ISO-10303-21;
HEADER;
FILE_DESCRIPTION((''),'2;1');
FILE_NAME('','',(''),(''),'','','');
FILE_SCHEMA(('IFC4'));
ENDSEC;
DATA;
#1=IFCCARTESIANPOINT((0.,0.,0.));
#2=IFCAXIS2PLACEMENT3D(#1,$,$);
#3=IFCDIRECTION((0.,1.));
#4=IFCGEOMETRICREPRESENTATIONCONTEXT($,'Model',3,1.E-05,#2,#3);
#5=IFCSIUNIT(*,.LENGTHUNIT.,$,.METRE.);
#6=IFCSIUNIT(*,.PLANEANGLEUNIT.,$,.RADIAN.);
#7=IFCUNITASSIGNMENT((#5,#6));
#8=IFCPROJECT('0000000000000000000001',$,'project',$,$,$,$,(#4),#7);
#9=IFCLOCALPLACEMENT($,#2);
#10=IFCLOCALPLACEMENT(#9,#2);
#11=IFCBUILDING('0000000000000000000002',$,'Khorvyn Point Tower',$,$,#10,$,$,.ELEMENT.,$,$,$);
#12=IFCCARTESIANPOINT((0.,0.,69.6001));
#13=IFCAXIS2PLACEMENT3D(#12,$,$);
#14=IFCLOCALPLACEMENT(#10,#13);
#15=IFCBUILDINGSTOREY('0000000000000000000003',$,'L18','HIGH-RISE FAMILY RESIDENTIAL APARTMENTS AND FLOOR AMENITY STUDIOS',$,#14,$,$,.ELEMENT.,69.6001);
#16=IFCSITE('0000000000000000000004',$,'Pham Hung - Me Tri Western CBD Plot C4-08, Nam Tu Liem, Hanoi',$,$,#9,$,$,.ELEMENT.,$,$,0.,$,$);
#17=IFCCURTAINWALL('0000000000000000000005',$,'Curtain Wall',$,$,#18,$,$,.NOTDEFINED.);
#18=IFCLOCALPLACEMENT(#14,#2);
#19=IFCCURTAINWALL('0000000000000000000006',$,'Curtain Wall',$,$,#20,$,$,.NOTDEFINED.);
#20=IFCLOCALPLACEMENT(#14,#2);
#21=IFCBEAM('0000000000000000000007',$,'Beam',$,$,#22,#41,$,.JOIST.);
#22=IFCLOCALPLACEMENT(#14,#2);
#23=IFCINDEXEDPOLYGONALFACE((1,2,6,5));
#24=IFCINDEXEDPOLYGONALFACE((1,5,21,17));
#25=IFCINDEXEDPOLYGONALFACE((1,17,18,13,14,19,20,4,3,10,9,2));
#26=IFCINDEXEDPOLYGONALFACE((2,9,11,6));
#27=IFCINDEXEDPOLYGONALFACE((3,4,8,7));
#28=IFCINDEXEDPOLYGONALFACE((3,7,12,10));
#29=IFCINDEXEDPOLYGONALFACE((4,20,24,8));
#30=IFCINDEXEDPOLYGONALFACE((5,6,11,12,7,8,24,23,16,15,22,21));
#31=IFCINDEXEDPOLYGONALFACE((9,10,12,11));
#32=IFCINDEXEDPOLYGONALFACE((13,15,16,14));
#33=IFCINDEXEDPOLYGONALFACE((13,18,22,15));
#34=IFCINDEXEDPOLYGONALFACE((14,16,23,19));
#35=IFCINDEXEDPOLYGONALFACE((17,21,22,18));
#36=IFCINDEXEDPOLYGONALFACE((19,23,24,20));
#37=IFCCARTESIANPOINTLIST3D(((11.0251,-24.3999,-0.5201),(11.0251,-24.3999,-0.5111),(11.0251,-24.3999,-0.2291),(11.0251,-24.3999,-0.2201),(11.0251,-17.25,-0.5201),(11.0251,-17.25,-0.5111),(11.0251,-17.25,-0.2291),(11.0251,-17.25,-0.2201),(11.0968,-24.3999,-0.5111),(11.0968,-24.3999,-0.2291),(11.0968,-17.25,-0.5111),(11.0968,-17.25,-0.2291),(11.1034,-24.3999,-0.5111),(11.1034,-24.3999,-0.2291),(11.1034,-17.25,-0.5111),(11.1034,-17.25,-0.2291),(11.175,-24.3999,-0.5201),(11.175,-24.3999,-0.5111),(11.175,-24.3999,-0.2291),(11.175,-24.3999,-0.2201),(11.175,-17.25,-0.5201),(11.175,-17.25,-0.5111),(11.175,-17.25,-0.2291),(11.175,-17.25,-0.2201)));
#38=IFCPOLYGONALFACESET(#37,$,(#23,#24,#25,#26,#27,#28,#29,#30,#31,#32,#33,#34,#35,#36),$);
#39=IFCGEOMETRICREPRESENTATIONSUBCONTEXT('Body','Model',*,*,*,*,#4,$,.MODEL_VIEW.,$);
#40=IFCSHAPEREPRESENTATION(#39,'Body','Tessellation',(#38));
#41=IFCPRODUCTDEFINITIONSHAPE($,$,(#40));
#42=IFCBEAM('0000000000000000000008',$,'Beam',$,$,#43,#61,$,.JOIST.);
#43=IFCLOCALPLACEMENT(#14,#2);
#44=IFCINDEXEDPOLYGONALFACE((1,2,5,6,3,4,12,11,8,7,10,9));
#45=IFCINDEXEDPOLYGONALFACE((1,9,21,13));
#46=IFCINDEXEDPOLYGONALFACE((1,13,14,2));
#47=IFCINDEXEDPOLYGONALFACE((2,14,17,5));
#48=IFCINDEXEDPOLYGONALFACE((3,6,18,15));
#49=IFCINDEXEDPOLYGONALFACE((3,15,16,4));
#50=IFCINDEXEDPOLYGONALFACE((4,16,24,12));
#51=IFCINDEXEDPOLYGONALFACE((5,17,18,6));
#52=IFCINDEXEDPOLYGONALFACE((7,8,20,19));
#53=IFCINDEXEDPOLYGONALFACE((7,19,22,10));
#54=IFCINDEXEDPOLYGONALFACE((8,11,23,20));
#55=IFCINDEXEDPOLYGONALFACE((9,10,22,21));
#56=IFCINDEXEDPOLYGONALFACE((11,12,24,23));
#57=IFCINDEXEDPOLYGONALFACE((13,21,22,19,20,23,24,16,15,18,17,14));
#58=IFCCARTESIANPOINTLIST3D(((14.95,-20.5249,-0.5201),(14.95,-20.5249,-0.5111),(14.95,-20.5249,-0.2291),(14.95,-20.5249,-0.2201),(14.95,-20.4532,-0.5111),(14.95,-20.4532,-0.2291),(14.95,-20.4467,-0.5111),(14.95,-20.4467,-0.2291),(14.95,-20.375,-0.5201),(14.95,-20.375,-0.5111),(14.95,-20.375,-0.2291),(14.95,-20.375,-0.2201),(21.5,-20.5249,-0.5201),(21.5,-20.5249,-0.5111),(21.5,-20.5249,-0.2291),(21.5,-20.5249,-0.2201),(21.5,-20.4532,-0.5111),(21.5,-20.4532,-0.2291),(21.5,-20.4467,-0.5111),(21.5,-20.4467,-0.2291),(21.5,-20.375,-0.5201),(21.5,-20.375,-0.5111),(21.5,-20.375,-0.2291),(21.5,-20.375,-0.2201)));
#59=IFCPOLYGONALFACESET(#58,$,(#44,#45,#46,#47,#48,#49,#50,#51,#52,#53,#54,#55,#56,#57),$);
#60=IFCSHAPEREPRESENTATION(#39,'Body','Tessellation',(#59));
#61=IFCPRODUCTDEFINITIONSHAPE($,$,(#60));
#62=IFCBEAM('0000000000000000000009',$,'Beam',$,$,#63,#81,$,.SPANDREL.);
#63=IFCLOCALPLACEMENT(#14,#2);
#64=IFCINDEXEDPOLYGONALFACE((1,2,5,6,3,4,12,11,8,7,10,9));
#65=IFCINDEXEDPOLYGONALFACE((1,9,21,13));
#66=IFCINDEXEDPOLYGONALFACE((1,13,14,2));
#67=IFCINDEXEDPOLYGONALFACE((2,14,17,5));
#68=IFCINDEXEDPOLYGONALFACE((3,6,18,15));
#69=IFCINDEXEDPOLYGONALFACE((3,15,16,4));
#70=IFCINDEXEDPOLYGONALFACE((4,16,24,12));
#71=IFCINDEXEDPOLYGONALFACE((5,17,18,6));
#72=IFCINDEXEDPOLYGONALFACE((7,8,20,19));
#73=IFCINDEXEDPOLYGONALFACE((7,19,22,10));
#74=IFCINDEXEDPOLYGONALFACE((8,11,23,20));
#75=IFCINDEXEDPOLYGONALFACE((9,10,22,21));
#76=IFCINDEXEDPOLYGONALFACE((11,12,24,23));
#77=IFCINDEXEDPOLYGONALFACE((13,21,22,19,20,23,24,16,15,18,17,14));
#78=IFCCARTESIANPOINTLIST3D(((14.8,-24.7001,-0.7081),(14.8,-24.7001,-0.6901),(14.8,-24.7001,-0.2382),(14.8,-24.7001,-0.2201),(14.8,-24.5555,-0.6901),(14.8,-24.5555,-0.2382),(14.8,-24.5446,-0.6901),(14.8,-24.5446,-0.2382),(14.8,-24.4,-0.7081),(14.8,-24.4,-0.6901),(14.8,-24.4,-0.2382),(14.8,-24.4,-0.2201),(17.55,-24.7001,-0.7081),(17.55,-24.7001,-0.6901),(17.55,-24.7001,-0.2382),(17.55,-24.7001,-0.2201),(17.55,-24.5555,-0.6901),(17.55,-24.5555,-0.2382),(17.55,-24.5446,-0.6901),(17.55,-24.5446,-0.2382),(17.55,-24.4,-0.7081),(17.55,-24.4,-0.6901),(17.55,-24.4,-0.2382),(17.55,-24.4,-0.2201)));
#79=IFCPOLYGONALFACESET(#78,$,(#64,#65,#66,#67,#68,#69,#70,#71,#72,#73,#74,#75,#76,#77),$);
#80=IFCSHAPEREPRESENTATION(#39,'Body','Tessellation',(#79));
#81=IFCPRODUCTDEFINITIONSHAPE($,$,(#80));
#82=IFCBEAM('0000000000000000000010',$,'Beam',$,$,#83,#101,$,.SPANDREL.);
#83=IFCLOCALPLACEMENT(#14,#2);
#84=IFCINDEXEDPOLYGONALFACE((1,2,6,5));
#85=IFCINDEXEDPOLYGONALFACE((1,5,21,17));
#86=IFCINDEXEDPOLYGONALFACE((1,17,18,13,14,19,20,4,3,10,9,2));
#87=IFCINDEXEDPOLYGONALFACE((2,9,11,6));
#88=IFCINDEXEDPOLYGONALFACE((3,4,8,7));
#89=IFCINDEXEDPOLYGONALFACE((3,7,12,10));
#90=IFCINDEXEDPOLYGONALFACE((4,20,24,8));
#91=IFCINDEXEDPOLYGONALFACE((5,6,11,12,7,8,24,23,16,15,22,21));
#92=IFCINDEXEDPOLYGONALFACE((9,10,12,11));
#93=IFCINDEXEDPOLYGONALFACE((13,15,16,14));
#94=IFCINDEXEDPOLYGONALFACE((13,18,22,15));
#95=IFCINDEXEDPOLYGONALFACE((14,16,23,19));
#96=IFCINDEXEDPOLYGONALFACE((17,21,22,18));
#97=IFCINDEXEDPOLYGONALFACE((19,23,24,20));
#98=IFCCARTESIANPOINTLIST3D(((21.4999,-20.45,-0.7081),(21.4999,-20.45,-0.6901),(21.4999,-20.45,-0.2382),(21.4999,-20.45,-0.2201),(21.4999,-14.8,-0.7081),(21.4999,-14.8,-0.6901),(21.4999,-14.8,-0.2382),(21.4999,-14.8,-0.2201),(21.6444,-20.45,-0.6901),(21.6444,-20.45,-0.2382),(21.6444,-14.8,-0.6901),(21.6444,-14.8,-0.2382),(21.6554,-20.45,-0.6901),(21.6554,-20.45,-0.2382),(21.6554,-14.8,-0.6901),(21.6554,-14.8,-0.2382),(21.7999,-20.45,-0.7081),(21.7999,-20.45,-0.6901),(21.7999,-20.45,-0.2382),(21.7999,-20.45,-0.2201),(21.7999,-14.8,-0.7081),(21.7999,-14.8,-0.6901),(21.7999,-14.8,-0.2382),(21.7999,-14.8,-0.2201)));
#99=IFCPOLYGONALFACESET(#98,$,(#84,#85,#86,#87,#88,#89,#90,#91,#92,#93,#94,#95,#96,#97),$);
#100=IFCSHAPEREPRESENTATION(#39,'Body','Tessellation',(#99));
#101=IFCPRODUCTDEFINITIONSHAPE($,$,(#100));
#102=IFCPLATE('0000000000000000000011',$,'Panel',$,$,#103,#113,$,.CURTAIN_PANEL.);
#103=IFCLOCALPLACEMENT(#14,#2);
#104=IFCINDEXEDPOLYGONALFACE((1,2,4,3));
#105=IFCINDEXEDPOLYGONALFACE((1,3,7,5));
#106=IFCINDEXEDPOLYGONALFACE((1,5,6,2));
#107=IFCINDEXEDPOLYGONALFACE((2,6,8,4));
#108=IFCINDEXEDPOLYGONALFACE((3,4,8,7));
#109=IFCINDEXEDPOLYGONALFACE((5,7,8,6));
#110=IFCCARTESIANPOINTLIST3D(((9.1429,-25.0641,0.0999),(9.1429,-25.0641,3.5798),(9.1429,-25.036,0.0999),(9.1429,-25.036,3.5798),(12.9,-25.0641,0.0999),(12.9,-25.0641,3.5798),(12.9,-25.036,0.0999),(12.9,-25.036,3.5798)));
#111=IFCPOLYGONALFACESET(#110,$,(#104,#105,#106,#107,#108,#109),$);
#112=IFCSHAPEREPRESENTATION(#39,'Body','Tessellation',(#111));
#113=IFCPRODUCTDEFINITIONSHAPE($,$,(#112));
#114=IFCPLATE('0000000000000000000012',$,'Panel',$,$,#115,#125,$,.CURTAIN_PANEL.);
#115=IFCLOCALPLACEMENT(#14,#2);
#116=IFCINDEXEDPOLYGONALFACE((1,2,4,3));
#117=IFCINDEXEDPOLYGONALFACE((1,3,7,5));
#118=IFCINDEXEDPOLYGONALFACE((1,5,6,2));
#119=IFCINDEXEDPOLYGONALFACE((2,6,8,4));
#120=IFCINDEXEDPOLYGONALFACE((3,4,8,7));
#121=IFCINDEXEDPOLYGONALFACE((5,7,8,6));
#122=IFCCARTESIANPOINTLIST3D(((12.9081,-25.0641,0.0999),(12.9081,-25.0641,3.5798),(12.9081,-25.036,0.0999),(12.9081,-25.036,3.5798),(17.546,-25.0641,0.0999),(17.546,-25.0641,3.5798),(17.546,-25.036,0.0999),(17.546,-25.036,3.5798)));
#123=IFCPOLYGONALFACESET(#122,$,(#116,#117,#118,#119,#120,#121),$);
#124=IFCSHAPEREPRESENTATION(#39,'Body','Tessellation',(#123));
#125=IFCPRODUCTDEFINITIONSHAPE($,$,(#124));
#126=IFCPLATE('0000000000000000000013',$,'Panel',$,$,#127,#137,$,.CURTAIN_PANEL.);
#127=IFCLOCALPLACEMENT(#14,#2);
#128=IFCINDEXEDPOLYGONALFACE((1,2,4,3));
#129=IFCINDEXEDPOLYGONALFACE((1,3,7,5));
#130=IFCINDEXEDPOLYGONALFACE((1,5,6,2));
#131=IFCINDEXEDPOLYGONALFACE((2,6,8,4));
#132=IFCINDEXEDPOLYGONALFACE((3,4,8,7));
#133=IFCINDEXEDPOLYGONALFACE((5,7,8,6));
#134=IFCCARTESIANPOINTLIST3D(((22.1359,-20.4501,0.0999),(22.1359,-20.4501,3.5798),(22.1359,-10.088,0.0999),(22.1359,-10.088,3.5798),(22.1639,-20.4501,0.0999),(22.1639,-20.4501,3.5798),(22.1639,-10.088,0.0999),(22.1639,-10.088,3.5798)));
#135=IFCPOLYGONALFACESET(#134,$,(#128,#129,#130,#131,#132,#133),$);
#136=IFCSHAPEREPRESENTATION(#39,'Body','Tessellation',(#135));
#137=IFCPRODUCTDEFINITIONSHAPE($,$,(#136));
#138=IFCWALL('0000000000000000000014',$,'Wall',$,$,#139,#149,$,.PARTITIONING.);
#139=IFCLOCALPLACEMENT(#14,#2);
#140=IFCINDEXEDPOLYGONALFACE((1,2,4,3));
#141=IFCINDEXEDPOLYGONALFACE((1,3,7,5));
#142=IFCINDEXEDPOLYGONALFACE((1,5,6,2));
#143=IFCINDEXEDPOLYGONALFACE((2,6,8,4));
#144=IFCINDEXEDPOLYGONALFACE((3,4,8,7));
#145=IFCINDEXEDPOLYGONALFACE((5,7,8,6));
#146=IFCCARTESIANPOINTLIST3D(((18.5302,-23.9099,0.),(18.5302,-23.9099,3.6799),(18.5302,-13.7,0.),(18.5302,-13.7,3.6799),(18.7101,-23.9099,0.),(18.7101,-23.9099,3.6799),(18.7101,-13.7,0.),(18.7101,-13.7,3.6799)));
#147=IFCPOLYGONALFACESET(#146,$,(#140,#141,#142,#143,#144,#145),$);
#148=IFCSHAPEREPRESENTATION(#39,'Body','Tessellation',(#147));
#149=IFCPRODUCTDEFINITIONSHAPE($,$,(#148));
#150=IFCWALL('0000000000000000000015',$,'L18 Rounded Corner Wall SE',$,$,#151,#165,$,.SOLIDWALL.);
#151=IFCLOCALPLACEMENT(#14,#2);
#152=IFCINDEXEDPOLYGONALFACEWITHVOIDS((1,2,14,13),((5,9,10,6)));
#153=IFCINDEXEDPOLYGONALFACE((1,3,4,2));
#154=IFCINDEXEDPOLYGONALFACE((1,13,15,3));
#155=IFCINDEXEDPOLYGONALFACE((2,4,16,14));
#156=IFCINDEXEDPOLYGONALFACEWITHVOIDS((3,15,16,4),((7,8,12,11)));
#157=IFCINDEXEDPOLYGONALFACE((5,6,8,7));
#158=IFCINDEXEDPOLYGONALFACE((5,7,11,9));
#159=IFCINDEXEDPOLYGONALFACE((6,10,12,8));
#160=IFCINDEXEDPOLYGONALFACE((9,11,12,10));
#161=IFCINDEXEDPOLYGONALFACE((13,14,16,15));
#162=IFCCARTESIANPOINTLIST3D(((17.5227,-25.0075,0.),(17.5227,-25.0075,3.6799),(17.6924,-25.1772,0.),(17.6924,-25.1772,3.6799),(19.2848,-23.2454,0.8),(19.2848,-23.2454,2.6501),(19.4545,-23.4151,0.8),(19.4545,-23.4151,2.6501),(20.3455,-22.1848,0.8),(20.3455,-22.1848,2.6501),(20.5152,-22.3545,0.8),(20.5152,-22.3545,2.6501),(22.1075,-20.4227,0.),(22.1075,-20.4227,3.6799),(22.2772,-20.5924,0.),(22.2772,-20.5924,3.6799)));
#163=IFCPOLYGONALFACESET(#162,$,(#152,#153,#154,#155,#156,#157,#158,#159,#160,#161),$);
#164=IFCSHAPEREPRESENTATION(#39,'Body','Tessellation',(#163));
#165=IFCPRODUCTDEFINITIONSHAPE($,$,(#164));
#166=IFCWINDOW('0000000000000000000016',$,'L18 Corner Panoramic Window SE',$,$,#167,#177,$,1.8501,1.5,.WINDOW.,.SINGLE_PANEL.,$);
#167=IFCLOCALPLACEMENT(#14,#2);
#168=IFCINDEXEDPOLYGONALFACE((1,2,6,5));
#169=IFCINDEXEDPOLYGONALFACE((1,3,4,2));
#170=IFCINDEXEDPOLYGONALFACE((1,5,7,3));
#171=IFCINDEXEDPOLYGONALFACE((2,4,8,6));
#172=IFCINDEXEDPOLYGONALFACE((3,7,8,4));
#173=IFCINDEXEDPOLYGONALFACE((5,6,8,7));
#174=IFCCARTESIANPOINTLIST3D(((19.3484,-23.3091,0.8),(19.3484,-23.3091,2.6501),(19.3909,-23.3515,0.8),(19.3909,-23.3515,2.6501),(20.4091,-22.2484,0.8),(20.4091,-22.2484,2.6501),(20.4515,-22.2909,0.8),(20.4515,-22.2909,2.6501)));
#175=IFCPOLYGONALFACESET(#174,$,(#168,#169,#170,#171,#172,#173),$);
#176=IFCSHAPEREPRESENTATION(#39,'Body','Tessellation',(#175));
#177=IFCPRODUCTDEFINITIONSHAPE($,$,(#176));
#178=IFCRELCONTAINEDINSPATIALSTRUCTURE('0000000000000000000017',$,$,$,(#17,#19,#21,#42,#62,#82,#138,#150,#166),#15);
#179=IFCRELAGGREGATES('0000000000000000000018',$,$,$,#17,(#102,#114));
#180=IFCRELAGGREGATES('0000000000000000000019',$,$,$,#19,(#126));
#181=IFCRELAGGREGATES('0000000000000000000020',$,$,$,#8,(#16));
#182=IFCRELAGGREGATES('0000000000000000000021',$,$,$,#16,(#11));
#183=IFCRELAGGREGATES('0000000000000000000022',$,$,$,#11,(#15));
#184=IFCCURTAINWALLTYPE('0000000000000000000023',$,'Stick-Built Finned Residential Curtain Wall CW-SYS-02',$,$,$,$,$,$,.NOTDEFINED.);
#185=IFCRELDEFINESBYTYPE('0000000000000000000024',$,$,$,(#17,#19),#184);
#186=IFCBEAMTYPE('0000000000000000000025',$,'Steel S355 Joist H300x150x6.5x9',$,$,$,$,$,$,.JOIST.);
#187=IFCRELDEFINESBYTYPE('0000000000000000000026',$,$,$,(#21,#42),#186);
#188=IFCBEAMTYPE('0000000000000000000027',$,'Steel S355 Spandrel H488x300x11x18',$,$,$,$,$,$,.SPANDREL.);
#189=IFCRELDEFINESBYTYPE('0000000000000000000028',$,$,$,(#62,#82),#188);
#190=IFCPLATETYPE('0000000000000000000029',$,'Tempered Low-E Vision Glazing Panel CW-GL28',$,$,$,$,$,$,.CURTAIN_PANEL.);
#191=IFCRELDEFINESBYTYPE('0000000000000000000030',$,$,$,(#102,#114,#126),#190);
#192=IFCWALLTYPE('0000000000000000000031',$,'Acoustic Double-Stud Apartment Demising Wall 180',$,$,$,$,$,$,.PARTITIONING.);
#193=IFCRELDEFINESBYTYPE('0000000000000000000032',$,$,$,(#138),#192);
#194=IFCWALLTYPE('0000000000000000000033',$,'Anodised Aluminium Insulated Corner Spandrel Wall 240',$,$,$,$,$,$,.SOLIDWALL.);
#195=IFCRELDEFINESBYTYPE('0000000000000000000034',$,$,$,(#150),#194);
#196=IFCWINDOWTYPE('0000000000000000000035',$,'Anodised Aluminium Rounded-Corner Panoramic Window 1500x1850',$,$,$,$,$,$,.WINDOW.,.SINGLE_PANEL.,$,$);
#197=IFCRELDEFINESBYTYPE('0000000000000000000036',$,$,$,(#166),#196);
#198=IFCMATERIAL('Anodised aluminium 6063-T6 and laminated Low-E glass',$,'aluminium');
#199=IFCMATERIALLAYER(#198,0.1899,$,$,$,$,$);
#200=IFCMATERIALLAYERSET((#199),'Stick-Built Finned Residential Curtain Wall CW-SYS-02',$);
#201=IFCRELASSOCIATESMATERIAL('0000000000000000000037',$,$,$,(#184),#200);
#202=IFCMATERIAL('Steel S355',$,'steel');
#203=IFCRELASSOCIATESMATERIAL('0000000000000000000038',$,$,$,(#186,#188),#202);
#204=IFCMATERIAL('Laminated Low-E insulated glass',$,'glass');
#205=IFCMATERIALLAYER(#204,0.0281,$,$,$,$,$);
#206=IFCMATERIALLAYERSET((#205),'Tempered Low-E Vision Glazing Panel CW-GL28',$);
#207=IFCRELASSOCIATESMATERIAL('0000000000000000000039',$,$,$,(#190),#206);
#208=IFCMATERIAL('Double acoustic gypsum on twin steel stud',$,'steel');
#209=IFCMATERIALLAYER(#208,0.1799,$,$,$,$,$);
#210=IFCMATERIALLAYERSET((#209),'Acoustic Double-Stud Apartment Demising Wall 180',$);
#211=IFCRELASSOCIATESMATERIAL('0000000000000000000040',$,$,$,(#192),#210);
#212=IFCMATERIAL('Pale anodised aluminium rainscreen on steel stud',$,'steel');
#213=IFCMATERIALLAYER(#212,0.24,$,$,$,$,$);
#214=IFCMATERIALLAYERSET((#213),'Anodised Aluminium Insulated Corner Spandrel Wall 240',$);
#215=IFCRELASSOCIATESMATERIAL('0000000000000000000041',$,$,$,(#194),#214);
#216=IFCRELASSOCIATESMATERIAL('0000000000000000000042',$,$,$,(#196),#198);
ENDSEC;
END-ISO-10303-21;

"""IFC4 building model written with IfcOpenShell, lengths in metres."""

from ifc_helpers import new_model, si_unit, direction, frame, frame_2d, origin, origin_2d, place, context, subcontext, project, spatial, rectangle, i_section, extrude, material, layer, layer_set, material_profile, profile_set, type_object, element, fill, aggregate, save


model = new_model("IFC4")

# Units and contexts
model_context = context("Model", 3, precision=1e-05, world=origin(), true_north=direction((0.0, 1.0)))
body_context = subcontext(model_context, "Body", "Model", "MODEL_VIEW")
ifc_project = project(units=[si_unit("LENGTHUNIT", "METRE"), si_unit("PLANEANGLEUNIT", "RADIAN")], contexts=[model_context])

# Site, building, storey
site_placement = place(None, origin())
site = spatial("IfcSite", under=ifc_project, at=site_placement, Name="Pham Hung - Me Tri Western CBD Plot C4-08, Nam Tu Liem, Hanoi", CompositionType="ELEMENT", RefElevation=0.0)
building_placement = place(site_placement, origin())
building = spatial("IfcBuilding", under=site, at=building_placement, Name="Khorvyn Point Tower", CompositionType="ELEMENT")
storey_placement = place(building_placement, frame((0.0, 0.0, 69.6001)))
storey = spatial("IfcBuildingStorey", under=building, at=storey_placement, Name="L18", Description="HIGH-RISE FAMILY RESIDENTIAL APARTMENTS AND FLOOR AMENITY STUDIOS", CompositionType="ELEMENT", Elevation=69.6001)

# Curtain walls
ifc_material_1 = material(Name="Anodised aluminium 6063-T6 and laminated Low-E glass", Category="aluminium")
ifc_layer_1 = layer(ifc_material_1, 0.1899)
ifc_layer_set_1 = layer_set([ifc_layer_1], Name="Stick-Built Finned Residential Curtain Wall CW-SYS-02")
curtain_wall_type = type_object("IfcCurtainWallType", Name="Stick-Built Finned Residential Curtain Wall CW-SYS-02", PredefinedType="NOTDEFINED", material=ifc_layer_set_1)
curtain_wall_1_placement = place(storey_placement, origin())
curtain_wall_1 = element("IfcCurtainWall", 1, at=curtain_wall_1_placement, inside=storey, type_object=curtain_wall_type, Name="Curtain Wall", PredefinedType="NOTDEFINED")
curtain_wall_2_placement = place(storey_placement, origin())
curtain_wall_2 = element("IfcCurtainWall", 2, at=curtain_wall_2_placement, inside=storey, type_object=curtain_wall_type, Name="Curtain Wall", PredefinedType="NOTDEFINED")

# Beams
ifc_material_2 = material(Name="Steel S355", Category="steel")
ifc_material_profile_1 = material_profile(ifc_material_2, i_section(OverallWidth=0.1499, OverallDepth=0.3, WebThickness=0.0066, FlangeThickness=0.009, at=origin_2d()))
ifc_profile_set_1 = profile_set([ifc_material_profile_1], Name="Steel S355 H300x150x6.5x9")
beam_type_1 = type_object("IfcBeamType", Name="Steel S355 Joist H300x150x6.5x9", PredefinedType="JOIST", material=ifc_profile_set_1)
beam_1_placement = place(storey_placement, frame((11.1001, -24.3999, -0.3701), z_axis=(0.0, 1.0, 0.0), x_axis=(-1.0, 0.0, 0.0)))
element("IfcBeam", 3, at=beam_1_placement, inside=storey, type_object=beam_type_1, Name="Beam", PredefinedType="JOIST", context=body_context, shape_type="SweptSolid", body=[
    extrude(i_section(OverallWidth=0.1499, OverallDepth=0.3, WebThickness=0.0066, FlangeThickness=0.009, at=origin_2d()), origin(), (0.0, 0.0, 1.0), 7.1499),
])
beam_2_placement = place(storey_placement, frame((14.95, -20.45, -0.3701), z_axis=(1.0, 0.0, 0.0), x_axis=(0.0, 1.0, 0.0)))
element("IfcBeam", 4, at=beam_2_placement, inside=storey, type_object=beam_type_1, Name="Beam", PredefinedType="JOIST", context=body_context, shape_type="SweptSolid", body=[
    extrude(i_section(OverallWidth=0.1499, OverallDepth=0.3, WebThickness=0.0066, FlangeThickness=0.009, at=origin_2d()), origin(), (0.0, 0.0, 1.0), 6.55),
])
ifc_material_profile_2 = material_profile(ifc_material_2, i_section(OverallWidth=0.3, OverallDepth=0.488, WebThickness=0.011, FlangeThickness=0.0181, at=origin_2d()))
ifc_profile_set_2 = profile_set([ifc_material_profile_2], Name="Steel S355 H488x300x11x18")
beam_type_2 = type_object("IfcBeamType", Name="Steel S355 Spandrel H488x300x11x18", PredefinedType="SPANDREL", material=ifc_profile_set_2)
beam_3_placement = place(storey_placement, frame((14.8, -24.55, -0.4641), z_axis=(1.0, 0.0, 0.0), x_axis=(0.0, 1.0, 0.0)))
element("IfcBeam", 5, at=beam_3_placement, inside=storey, type_object=beam_type_2, Name="Beam", PredefinedType="SPANDREL", context=body_context, shape_type="SweptSolid", body=[
    extrude(i_section(OverallWidth=0.3, OverallDepth=0.488, WebThickness=0.011, FlangeThickness=0.0181, at=origin_2d()), origin(), (0.0, 0.0, 1.0), 2.75),
])
beam_4_placement = place(storey_placement, frame((21.6499, -20.45, -0.4641), z_axis=(0.0, 1.0, 0.0), x_axis=(-1.0, 0.0, 0.0)))
element("IfcBeam", 6, at=beam_4_placement, inside=storey, type_object=beam_type_2, Name="Beam", PredefinedType="SPANDREL", context=body_context, shape_type="SweptSolid", body=[
    extrude(i_section(OverallWidth=0.3, OverallDepth=0.488, WebThickness=0.011, FlangeThickness=0.0181, at=origin_2d()), origin(), (0.0, 0.0, 1.0), 5.6499),
])

# Plates
ifc_material_3 = material(Name="Laminated Low-E insulated glass", Category="glass")
ifc_layer_2 = layer(ifc_material_3, 0.0281)
ifc_layer_set_2 = layer_set([ifc_layer_2], Name="Tempered Low-E Vision Glazing Panel CW-GL28")
plate_type = type_object("IfcPlateType", Name="Tempered Low-E Vision Glazing Panel CW-GL28", PredefinedType="CURTAIN_PANEL", material=ifc_layer_set_2)
plate_1_placement = place(storey_placement, frame((11.0215, -25.05, 0.0999), z_axis=(0.0, 0.0, 1.0), x_axis=(-1.0, 0.0, 0.0)))
plate_1 = element("IfcPlate", 7, at=plate_1_placement, type_object=plate_type, Name="Panel", PredefinedType="CURTAIN_PANEL", context=body_context, shape_type="SweptSolid", body=[
    extrude(rectangle(XDim=3.7571, YDim=0.0281, at=origin_2d()), origin(), (0.0, 0.0, 1.0), 3.48),
])
plate_2_placement = place(storey_placement, frame((15.2271, -25.05, 0.0999), z_axis=(0.0, 0.0, 1.0), x_axis=(-1.0, 0.0, 0.0)))
plate_2 = element("IfcPlate", 8, at=plate_2_placement, type_object=plate_type, Name="Panel", PredefinedType="CURTAIN_PANEL", context=body_context, shape_type="SweptSolid", body=[
    extrude(rectangle(XDim=4.6379, YDim=0.0281, at=origin_2d()), origin(), (0.0, 0.0, 1.0), 3.48),
])
aggregate(curtain_wall_1, [plate_1, plate_2])
plate_3_placement = place(storey_placement, frame((22.1499, -15.269, 0.0999), z_axis=(0.0, 0.0, 1.0), x_axis=(0.0, -1.0, 0.0)))
plate_3 = element("IfcPlate", 9, at=plate_3_placement, type_object=plate_type, Name="Panel", PredefinedType="CURTAIN_PANEL", context=body_context, shape_type="SweptSolid", body=[
    extrude(rectangle(XDim=10.3621, YDim=0.0281, at=origin_2d()), origin(), (0.0, 0.0, 1.0), 3.48),
])
aggregate(curtain_wall_2, [plate_3])

# Wall
ifc_material_4 = material(Name="Double acoustic gypsum on twin steel stud", Category="steel")
ifc_layer_3 = layer(ifc_material_4, 0.1799)
ifc_layer_set_3 = layer_set([ifc_layer_3], Name="Acoustic Double-Stud Apartment Demising Wall 180")
wall_type_1 = type_object("IfcWallType", Name="Acoustic Double-Stud Apartment Demising Wall 180", PredefinedType="PARTITIONING", material=ifc_layer_set_3)
wall_1_placement = place(storey_placement, frame((18.6201, -23.9099, 0.0), z_axis=(0.0, 0.0, 1.0), x_axis=(0.0, 1.0, 0.0)))
element("IfcWall", 10, at=wall_1_placement, inside=storey, type_object=wall_type_1, Name="Wall", PredefinedType="PARTITIONING", context=body_context, shape_type="SweptSolid", body=[
    extrude(rectangle(XDim=10.21, YDim=0.1799, at=frame_2d((5.105, 0.0))), origin(), (0.0, 0.0, 1.0), 3.6799),
])

# Wall, opening, window
ifc_material_5 = material(Name="Pale anodised aluminium rainscreen on steel stud", Category="steel")
ifc_layer_4 = layer(ifc_material_5, 0.24)
ifc_layer_set_4 = layer_set([ifc_layer_4], Name="Anodised Aluminium Insulated Corner Spandrel Wall 240")
wall_type_2 = type_object("IfcWallType", Name="Anodised Aluminium Insulated Corner Spandrel Wall 240", PredefinedType="SOLIDWALL", material=ifc_layer_set_4)
wall_2_placement = place(storey_placement, frame((22.1924, -20.5076, 0.0), z_axis=(0.0, 0.0, 1.0), x_axis=(-0.707107, -0.707107, 0.0)))
wall_2 = element("IfcWall", 11, at=wall_2_placement, inside=storey, type_object=wall_type_2, Name="L18 Rounded Corner Wall SE", PredefinedType="SOLIDWALL", context=body_context, shape_type="SweptSolid", body=[
    extrude(rectangle(XDim=6.4839, YDim=0.24, at=frame_2d((3.2419, 0.0))), origin(), (0.0, 0.0, 1.0), 3.6799),
])
opening_1_placement = place(wall_2_placement, frame((2.4919, 0.0, 0.8)))
opening_1 = element("IfcOpeningElement", 12, at=opening_1_placement, cuts=wall_2, PredefinedType="OPENING", context=body_context, shape_type="SweptSolid", body=[
    extrude(rectangle(XDim=1.5, YDim=1.8501, at=frame_2d((0.75, 0.925))), frame((0.0, 0.1299, 0.0), z_axis=(0.0, -1.0, 0.0), x_axis=(1.0, 0.0, 0.0)), (0.0, 0.0, 1.0), 0.26),
])
window_type = type_object("IfcWindowType", Name="Anodised Aluminium Rounded-Corner Panoramic Window 1500x1850", PartitioningType="SINGLE_PANEL", PredefinedType="WINDOW", material=ifc_material_1)
window_placement = place(opening_1_placement, origin())
window = element("IfcWindow", 13, at=window_placement, inside=storey, type_object=window_type, Name="L18 Corner Panoramic Window SE", OverallHeight=1.8501, OverallWidth=1.5, PartitioningType="SINGLE_PANEL", PredefinedType="WINDOW", context=body_context, shape_type="SweptSolid", body=[
    extrude(rectangle(XDim=1.5, YDim=1.8501, at=frame_2d((0.75, 0.925))), frame((0.0, 0.03, 0.0), z_axis=(0.0, -1.0, 0.0), x_axis=(1.0, 0.0, 0.0)), (0.0, 0.0, 1.0), 0.0601),
])
fill(opening_1, window)

save(model, "model.ifc")
